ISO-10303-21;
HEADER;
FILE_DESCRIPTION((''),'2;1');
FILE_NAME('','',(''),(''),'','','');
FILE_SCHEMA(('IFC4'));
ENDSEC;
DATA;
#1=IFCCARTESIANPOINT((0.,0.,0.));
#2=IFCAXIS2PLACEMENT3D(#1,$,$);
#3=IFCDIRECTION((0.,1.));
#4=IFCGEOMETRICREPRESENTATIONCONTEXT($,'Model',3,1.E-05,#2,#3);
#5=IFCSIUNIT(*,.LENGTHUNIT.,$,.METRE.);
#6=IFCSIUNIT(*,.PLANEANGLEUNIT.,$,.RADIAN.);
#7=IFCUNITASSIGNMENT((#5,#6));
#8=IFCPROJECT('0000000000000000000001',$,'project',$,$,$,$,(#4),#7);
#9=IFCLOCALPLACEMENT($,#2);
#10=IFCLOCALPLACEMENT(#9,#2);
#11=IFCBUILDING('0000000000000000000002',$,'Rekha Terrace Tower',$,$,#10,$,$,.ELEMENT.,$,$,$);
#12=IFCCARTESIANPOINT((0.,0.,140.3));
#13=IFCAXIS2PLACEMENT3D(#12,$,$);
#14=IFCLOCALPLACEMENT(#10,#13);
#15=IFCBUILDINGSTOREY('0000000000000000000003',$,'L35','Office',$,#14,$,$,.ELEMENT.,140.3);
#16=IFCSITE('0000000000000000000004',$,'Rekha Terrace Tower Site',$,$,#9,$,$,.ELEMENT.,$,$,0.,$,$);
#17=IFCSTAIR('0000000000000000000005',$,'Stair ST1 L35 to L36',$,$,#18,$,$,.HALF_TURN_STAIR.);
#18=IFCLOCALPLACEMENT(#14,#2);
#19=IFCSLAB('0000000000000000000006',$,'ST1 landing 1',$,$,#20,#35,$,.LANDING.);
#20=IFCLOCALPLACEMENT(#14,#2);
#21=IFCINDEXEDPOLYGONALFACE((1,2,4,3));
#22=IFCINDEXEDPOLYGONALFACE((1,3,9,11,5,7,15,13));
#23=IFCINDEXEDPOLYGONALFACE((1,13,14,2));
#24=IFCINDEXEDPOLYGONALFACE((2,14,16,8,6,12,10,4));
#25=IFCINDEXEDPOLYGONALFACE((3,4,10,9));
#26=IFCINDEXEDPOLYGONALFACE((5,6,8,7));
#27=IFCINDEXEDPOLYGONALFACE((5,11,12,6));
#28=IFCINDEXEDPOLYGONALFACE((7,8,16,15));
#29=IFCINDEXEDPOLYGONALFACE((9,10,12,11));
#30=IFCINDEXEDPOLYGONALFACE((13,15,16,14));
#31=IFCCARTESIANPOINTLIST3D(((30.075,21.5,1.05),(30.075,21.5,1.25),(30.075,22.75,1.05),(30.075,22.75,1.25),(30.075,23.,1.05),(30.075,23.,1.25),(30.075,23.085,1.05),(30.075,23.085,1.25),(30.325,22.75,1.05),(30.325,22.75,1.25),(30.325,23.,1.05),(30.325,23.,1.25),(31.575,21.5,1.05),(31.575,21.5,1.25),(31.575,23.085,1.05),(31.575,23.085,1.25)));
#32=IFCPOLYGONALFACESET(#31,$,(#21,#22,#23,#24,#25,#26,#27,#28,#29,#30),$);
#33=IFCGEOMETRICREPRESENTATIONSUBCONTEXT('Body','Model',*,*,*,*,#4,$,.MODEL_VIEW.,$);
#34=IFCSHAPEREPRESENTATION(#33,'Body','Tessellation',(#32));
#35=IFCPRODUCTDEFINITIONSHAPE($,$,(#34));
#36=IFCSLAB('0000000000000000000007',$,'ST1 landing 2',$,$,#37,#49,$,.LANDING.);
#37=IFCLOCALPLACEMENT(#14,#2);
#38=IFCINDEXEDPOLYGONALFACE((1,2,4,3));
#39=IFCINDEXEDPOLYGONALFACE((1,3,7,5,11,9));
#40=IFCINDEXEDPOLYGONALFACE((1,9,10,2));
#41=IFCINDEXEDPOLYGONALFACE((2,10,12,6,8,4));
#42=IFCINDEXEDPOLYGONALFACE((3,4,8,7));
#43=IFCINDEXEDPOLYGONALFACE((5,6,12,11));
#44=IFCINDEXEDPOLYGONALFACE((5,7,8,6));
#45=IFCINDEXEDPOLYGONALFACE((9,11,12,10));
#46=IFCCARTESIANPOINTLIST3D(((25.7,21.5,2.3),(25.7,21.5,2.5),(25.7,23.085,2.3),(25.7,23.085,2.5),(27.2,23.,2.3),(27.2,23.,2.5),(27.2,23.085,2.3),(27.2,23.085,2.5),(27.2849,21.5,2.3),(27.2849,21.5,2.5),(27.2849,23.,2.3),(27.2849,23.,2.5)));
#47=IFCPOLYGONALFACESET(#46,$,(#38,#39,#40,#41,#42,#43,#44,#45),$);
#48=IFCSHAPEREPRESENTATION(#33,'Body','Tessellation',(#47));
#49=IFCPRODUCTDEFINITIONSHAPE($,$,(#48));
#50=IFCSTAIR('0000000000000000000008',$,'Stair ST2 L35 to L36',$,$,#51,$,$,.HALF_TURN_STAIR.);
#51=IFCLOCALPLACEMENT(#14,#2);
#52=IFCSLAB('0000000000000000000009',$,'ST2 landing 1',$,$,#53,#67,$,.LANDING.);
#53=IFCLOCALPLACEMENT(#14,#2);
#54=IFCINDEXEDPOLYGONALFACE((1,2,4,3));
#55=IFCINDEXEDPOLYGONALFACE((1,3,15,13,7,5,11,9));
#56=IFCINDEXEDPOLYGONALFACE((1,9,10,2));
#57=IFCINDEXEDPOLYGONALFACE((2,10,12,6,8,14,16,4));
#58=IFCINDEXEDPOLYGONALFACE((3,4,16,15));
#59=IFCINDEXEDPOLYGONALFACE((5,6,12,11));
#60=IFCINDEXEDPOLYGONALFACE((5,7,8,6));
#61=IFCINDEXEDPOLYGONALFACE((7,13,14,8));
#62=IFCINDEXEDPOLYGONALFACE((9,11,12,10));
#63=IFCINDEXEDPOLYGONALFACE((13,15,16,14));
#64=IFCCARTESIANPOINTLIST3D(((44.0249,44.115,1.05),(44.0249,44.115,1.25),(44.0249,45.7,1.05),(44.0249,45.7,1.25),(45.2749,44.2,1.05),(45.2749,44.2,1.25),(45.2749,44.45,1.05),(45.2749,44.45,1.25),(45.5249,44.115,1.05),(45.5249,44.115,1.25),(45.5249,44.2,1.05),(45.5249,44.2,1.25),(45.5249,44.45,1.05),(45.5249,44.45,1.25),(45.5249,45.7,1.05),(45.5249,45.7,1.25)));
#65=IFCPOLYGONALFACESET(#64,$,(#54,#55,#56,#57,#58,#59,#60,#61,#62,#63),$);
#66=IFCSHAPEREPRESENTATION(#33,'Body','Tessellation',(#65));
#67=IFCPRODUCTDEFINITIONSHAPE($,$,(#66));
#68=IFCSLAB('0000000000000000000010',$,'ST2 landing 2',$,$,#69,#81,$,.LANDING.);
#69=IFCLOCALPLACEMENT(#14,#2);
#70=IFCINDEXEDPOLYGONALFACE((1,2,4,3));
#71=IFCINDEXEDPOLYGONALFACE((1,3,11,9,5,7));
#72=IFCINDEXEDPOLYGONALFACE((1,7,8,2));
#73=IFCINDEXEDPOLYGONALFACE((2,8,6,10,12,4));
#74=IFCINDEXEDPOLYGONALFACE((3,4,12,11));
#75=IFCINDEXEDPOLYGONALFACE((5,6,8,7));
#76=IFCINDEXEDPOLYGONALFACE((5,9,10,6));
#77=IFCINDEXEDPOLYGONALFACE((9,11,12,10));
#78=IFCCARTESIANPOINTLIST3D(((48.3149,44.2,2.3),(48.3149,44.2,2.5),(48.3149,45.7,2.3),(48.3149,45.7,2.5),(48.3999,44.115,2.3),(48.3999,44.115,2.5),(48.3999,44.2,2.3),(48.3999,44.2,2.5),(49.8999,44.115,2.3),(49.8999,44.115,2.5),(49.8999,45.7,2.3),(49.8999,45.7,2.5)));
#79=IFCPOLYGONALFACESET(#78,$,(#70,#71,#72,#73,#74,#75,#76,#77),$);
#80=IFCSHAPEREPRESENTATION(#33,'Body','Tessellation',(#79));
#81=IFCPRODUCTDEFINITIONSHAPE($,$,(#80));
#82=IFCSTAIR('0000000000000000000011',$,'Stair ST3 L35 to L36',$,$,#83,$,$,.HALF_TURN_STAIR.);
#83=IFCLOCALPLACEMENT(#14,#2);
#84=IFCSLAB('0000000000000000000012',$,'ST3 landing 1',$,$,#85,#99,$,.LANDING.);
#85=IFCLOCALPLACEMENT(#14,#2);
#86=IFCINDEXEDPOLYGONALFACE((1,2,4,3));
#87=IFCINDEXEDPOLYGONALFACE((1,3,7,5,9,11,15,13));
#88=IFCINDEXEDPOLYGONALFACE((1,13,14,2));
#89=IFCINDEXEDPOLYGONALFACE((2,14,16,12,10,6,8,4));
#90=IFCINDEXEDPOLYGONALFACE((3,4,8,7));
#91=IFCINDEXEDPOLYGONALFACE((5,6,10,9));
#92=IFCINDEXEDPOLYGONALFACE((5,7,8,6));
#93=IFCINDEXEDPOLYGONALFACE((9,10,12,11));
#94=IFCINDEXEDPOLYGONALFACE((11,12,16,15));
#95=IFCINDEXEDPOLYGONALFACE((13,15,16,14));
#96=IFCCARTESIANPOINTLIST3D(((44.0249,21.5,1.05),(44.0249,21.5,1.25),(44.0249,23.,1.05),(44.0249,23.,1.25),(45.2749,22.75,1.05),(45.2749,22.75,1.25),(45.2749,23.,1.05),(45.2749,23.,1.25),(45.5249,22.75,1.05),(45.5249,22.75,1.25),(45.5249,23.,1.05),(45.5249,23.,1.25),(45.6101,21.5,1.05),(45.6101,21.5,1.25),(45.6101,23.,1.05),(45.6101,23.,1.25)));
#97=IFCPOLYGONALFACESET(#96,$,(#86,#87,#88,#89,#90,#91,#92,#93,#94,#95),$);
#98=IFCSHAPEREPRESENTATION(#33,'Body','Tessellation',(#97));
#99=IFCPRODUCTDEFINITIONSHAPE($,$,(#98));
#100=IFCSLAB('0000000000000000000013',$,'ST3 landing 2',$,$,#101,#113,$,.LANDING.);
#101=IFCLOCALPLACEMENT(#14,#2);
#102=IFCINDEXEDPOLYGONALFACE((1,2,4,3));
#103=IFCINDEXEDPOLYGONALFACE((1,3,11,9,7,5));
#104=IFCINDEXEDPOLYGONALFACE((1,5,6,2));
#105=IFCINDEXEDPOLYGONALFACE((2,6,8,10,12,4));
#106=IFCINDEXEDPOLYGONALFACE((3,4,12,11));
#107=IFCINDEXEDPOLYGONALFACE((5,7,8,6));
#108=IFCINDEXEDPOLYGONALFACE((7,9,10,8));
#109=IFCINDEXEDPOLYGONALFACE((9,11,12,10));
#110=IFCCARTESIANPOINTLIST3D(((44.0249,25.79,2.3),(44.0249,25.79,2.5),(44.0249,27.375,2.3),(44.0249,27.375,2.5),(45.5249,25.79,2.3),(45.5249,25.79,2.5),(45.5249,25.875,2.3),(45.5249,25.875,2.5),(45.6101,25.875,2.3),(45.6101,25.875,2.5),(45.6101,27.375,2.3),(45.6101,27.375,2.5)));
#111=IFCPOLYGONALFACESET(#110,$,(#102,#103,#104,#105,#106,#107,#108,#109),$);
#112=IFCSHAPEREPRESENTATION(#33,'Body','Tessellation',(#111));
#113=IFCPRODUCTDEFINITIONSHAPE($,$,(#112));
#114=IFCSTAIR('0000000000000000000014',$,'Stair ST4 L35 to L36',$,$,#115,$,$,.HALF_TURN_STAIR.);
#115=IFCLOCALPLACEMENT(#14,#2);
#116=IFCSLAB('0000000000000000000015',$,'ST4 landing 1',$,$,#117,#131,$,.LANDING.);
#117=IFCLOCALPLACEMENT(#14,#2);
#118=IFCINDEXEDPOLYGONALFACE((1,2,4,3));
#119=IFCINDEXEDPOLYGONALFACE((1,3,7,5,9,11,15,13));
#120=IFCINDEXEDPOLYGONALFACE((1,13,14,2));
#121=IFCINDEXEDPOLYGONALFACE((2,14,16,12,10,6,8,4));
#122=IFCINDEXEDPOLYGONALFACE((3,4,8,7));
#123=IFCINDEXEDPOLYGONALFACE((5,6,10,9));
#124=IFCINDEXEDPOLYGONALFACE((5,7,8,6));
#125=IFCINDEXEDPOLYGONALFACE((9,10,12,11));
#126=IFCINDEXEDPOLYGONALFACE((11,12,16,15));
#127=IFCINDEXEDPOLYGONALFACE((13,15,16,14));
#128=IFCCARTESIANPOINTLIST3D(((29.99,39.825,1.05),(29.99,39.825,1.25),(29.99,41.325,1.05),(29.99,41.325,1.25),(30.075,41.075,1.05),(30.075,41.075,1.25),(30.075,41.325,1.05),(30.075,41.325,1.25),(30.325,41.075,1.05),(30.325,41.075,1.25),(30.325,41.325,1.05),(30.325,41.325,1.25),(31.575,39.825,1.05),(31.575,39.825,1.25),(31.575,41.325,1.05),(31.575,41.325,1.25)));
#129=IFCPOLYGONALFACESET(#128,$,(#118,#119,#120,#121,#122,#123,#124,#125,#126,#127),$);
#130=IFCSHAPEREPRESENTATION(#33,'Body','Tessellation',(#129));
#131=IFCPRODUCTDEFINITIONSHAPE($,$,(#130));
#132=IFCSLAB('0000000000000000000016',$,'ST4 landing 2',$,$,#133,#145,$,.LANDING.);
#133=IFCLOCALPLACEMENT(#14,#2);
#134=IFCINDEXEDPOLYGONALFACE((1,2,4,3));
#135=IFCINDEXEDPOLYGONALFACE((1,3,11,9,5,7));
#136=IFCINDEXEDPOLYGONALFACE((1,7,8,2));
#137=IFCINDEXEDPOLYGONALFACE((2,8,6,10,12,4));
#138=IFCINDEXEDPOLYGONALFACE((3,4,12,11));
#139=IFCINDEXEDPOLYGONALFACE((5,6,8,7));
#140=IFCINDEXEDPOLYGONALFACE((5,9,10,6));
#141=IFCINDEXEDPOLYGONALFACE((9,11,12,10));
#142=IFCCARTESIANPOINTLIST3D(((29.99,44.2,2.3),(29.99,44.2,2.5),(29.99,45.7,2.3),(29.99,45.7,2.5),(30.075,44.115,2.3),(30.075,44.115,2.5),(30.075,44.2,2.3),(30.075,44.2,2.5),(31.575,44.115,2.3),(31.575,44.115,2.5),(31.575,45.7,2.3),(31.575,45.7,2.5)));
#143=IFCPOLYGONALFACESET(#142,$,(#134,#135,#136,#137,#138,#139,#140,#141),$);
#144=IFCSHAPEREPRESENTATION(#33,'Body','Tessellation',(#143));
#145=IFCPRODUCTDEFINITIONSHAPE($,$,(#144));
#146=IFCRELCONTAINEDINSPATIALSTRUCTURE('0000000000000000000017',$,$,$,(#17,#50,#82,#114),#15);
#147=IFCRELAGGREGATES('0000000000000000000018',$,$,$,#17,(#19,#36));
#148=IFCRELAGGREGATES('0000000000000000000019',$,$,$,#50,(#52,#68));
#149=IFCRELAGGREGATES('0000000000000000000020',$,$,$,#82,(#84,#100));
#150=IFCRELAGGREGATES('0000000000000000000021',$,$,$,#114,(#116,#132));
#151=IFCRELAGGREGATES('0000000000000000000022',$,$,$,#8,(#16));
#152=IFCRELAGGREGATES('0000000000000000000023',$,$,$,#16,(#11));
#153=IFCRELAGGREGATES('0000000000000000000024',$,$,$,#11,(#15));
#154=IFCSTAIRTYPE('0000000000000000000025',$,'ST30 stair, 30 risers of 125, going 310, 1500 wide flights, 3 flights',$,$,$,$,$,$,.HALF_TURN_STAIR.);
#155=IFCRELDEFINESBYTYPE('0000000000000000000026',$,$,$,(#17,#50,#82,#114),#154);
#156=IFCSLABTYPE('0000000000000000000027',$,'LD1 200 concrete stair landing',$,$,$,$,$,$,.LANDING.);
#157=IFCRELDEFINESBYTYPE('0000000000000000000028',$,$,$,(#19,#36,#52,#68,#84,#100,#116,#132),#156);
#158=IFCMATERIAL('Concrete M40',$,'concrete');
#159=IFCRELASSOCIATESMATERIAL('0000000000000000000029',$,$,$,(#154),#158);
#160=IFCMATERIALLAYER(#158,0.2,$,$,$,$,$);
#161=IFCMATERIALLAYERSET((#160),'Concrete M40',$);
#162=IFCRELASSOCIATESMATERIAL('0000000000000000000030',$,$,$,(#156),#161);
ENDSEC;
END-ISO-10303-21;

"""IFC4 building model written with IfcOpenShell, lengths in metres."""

from ifc_helpers import new_model, si_unit, direction, frame, origin, place, context, subcontext, project, spatial, polyline, outline, extrude, material, layer, layer_set, type_object, element, aggregate, save


model = new_model("IFC4")

# Units and contexts
model_context = context("Model", 3, precision=1e-05, world=origin(), true_north=direction((0.0, 1.0)))
body_context = subcontext(model_context, "Body", "Model", "MODEL_VIEW")
ifc_project = project(units=[si_unit("LENGTHUNIT", "METRE"), si_unit("PLANEANGLEUNIT", "RADIAN")], contexts=[model_context])

# Site, building, storey
site_placement = place(None, origin())
site = spatial("IfcSite", under=ifc_project, at=site_placement, Name="Rekha Terrace Tower Site", CompositionType="ELEMENT", RefElevation=0.0)
building_placement = place(site_placement, origin())
building = spatial("IfcBuilding", under=site, at=building_placement, Name="Rekha Terrace Tower", CompositionType="ELEMENT")
storey_placement = place(building_placement, frame((0.0, 0.0, 140.3)))
storey = spatial("IfcBuildingStorey", under=building, at=storey_placement, Name="L35", Description="Office", CompositionType="ELEMENT", Elevation=140.3)

# Stairs, slabs
ifc_material_1 = material(Name="Concrete M40", Category="concrete")
stair_type = type_object("IfcStairType", Name="ST30 stair, 30 risers of 125, going 310, 1500 wide flights, 3 flights", PredefinedType="HALF_TURN_STAIR", material=ifc_material_1)
stair_1_placement = place(storey_placement, origin())
stair_1 = element("IfcStair", 1, at=stair_1_placement, inside=storey, type_object=stair_type, Name="Stair ST1 L35 to L36", PredefinedType="HALF_TURN_STAIR")
ifc_layer_1 = layer(ifc_material_1, 0.2)
ifc_layer_set_1 = layer_set([ifc_layer_1], Name="Concrete M40")
slab_type_1 = type_object("IfcSlabType", Name="LD1 200 concrete stair landing", PredefinedType="LANDING", material=ifc_layer_set_1)
slab_1_placement = place(storey_placement, frame((0.0, 0.0, 1.05)))
slab_1 = element("IfcSlab", 2, at=slab_1_placement, type_object=slab_type_1, Name="ST1 landing 1", PredefinedType="LANDING", context=body_context, shape_type="SweptSolid", body=[
    extrude(outline(polyline([(30.075, 21.5), (31.575, 21.5), (31.575, 23.085), (30.075, 23.085), (30.075, 23.0), (30.325, 23.0), (30.325, 22.75), (30.075, 22.75), (30.075, 21.5)])), origin(), (0.0, 0.0, 1.0), 0.2),
])
slab_2_placement = place(storey_placement, frame((0.0, 0.0, 2.3)))
slab_2 = element("IfcSlab", 3, at=slab_2_placement, type_object=slab_type_1, Name="ST1 landing 2", PredefinedType="LANDING", context=body_context, shape_type="SweptSolid", body=[
    extrude(outline(polyline([(27.2, 23.085), (25.7, 23.085), (25.7, 21.5), (27.2849, 21.5), (27.2849, 23.0), (27.2, 23.0), (27.2, 23.085)])), origin(), (0.0, 0.0, 1.0), 0.2),
])
aggregate(stair_1, [slab_1, slab_2])
stair_2_placement = place(storey_placement, origin())
stair_2 = element("IfcStair", 4, at=stair_2_placement, inside=storey, type_object=stair_type, Name="Stair ST2 L35 to L36", PredefinedType="HALF_TURN_STAIR")
slab_3_placement = place(storey_placement, frame((0.0, 0.0, 1.05)))
slab_3 = element("IfcSlab", 5, at=slab_3_placement, type_object=slab_type_1, Name="ST2 landing 1", PredefinedType="LANDING", context=body_context, shape_type="SweptSolid", body=[
    extrude(outline(polyline([(45.5249, 45.7), (44.0249, 45.7), (44.0249, 44.115), (45.5249, 44.115), (45.5249, 44.2), (45.2749, 44.2), (45.2749, 44.45), (45.5249, 44.45), (45.5249, 45.7)])), origin(), (0.0, 0.0, 1.0), 0.2),
])
slab_4_placement = place(storey_placement, frame((0.0, 0.0, 2.3)))
slab_4 = element("IfcSlab", 6, at=slab_4_placement, type_object=slab_type_1, Name="ST2 landing 2", PredefinedType="LANDING", context=body_context, shape_type="SweptSolid", body=[
    extrude(outline(polyline([(48.3999, 44.115), (49.8999, 44.115), (49.8999, 45.7), (48.3149, 45.7), (48.3149, 44.2), (48.3999, 44.2), (48.3999, 44.115)])), origin(), (0.0, 0.0, 1.0), 0.2),
])
aggregate(stair_2, [slab_3, slab_4])
stair_3_placement = place(storey_placement, origin())
stair_3 = element("IfcStair", 7, at=stair_3_placement, inside=storey, type_object=stair_type, Name="Stair ST3 L35 to L36", PredefinedType="HALF_TURN_STAIR")
slab_5_placement = place(storey_placement, frame((0.0, 0.0, 1.05)))
slab_5 = element("IfcSlab", 8, at=slab_5_placement, type_object=slab_type_1, Name="ST3 landing 1", PredefinedType="LANDING", context=body_context, shape_type="SweptSolid", body=[
    extrude(outline(polyline([(44.0249, 23.0), (44.0249, 21.5), (45.6101, 21.5), (45.6101, 23.0), (45.5249, 23.0), (45.5249, 22.75), (45.2749, 22.75), (45.2749, 23.0), (44.0249, 23.0)])), origin(), (0.0, 0.0, 1.0), 0.2),
])
slab_6_placement = place(storey_placement, frame((0.0, 0.0, 2.3)))
slab_6 = element("IfcSlab", 9, at=slab_6_placement, type_object=slab_type_1, Name="ST3 landing 2", PredefinedType="LANDING", context=body_context, shape_type="SweptSolid", body=[
    extrude(outline(polyline([(45.6101, 25.875), (45.6101, 27.375), (44.0249, 27.375), (44.0249, 25.79), (45.5249, 25.79), (45.5249, 25.875), (45.6101, 25.875)])), origin(), (0.0, 0.0, 1.0), 0.2),
])
aggregate(stair_3, [slab_5, slab_6])
stair_4_placement = place(storey_placement, origin())
stair_4 = element("IfcStair", 10, at=stair_4_placement, inside=storey, type_object=stair_type, Name="Stair ST4 L35 to L36", PredefinedType="HALF_TURN_STAIR")
slab_7_placement = place(storey_placement, frame((0.0, 0.0, 1.05)))
slab_7 = element("IfcSlab", 11, at=slab_7_placement, type_object=slab_type_1, Name="ST4 landing 1", PredefinedType="LANDING", context=body_context, shape_type="SweptSolid", body=[
    extrude(outline(polyline([(31.575, 41.325), (31.575, 39.825), (29.99, 39.825), (29.99, 41.325), (30.075, 41.325), (30.075, 41.075), (30.325, 41.075), (30.325, 41.325), (31.575, 41.325)])), origin(), (0.0, 0.0, 1.0), 0.2),
])
slab_8_placement = place(storey_placement, frame((0.0, 0.0, 2.3)))
slab_8 = element("IfcSlab", 12, at=slab_8_placement, type_object=slab_type_1, Name="ST4 landing 2", PredefinedType="LANDING", context=body_context, shape_type="SweptSolid", body=[
    extrude(outline(polyline([(29.99, 44.2), (29.99, 45.7), (31.575, 45.7), (31.575, 44.115), (30.075, 44.115), (30.075, 44.2), (29.99, 44.2)])), origin(), (0.0, 0.0, 1.0), 0.2),
])
aggregate(stair_4, [slab_7, slab_8])

save(model, "model.ifc")
